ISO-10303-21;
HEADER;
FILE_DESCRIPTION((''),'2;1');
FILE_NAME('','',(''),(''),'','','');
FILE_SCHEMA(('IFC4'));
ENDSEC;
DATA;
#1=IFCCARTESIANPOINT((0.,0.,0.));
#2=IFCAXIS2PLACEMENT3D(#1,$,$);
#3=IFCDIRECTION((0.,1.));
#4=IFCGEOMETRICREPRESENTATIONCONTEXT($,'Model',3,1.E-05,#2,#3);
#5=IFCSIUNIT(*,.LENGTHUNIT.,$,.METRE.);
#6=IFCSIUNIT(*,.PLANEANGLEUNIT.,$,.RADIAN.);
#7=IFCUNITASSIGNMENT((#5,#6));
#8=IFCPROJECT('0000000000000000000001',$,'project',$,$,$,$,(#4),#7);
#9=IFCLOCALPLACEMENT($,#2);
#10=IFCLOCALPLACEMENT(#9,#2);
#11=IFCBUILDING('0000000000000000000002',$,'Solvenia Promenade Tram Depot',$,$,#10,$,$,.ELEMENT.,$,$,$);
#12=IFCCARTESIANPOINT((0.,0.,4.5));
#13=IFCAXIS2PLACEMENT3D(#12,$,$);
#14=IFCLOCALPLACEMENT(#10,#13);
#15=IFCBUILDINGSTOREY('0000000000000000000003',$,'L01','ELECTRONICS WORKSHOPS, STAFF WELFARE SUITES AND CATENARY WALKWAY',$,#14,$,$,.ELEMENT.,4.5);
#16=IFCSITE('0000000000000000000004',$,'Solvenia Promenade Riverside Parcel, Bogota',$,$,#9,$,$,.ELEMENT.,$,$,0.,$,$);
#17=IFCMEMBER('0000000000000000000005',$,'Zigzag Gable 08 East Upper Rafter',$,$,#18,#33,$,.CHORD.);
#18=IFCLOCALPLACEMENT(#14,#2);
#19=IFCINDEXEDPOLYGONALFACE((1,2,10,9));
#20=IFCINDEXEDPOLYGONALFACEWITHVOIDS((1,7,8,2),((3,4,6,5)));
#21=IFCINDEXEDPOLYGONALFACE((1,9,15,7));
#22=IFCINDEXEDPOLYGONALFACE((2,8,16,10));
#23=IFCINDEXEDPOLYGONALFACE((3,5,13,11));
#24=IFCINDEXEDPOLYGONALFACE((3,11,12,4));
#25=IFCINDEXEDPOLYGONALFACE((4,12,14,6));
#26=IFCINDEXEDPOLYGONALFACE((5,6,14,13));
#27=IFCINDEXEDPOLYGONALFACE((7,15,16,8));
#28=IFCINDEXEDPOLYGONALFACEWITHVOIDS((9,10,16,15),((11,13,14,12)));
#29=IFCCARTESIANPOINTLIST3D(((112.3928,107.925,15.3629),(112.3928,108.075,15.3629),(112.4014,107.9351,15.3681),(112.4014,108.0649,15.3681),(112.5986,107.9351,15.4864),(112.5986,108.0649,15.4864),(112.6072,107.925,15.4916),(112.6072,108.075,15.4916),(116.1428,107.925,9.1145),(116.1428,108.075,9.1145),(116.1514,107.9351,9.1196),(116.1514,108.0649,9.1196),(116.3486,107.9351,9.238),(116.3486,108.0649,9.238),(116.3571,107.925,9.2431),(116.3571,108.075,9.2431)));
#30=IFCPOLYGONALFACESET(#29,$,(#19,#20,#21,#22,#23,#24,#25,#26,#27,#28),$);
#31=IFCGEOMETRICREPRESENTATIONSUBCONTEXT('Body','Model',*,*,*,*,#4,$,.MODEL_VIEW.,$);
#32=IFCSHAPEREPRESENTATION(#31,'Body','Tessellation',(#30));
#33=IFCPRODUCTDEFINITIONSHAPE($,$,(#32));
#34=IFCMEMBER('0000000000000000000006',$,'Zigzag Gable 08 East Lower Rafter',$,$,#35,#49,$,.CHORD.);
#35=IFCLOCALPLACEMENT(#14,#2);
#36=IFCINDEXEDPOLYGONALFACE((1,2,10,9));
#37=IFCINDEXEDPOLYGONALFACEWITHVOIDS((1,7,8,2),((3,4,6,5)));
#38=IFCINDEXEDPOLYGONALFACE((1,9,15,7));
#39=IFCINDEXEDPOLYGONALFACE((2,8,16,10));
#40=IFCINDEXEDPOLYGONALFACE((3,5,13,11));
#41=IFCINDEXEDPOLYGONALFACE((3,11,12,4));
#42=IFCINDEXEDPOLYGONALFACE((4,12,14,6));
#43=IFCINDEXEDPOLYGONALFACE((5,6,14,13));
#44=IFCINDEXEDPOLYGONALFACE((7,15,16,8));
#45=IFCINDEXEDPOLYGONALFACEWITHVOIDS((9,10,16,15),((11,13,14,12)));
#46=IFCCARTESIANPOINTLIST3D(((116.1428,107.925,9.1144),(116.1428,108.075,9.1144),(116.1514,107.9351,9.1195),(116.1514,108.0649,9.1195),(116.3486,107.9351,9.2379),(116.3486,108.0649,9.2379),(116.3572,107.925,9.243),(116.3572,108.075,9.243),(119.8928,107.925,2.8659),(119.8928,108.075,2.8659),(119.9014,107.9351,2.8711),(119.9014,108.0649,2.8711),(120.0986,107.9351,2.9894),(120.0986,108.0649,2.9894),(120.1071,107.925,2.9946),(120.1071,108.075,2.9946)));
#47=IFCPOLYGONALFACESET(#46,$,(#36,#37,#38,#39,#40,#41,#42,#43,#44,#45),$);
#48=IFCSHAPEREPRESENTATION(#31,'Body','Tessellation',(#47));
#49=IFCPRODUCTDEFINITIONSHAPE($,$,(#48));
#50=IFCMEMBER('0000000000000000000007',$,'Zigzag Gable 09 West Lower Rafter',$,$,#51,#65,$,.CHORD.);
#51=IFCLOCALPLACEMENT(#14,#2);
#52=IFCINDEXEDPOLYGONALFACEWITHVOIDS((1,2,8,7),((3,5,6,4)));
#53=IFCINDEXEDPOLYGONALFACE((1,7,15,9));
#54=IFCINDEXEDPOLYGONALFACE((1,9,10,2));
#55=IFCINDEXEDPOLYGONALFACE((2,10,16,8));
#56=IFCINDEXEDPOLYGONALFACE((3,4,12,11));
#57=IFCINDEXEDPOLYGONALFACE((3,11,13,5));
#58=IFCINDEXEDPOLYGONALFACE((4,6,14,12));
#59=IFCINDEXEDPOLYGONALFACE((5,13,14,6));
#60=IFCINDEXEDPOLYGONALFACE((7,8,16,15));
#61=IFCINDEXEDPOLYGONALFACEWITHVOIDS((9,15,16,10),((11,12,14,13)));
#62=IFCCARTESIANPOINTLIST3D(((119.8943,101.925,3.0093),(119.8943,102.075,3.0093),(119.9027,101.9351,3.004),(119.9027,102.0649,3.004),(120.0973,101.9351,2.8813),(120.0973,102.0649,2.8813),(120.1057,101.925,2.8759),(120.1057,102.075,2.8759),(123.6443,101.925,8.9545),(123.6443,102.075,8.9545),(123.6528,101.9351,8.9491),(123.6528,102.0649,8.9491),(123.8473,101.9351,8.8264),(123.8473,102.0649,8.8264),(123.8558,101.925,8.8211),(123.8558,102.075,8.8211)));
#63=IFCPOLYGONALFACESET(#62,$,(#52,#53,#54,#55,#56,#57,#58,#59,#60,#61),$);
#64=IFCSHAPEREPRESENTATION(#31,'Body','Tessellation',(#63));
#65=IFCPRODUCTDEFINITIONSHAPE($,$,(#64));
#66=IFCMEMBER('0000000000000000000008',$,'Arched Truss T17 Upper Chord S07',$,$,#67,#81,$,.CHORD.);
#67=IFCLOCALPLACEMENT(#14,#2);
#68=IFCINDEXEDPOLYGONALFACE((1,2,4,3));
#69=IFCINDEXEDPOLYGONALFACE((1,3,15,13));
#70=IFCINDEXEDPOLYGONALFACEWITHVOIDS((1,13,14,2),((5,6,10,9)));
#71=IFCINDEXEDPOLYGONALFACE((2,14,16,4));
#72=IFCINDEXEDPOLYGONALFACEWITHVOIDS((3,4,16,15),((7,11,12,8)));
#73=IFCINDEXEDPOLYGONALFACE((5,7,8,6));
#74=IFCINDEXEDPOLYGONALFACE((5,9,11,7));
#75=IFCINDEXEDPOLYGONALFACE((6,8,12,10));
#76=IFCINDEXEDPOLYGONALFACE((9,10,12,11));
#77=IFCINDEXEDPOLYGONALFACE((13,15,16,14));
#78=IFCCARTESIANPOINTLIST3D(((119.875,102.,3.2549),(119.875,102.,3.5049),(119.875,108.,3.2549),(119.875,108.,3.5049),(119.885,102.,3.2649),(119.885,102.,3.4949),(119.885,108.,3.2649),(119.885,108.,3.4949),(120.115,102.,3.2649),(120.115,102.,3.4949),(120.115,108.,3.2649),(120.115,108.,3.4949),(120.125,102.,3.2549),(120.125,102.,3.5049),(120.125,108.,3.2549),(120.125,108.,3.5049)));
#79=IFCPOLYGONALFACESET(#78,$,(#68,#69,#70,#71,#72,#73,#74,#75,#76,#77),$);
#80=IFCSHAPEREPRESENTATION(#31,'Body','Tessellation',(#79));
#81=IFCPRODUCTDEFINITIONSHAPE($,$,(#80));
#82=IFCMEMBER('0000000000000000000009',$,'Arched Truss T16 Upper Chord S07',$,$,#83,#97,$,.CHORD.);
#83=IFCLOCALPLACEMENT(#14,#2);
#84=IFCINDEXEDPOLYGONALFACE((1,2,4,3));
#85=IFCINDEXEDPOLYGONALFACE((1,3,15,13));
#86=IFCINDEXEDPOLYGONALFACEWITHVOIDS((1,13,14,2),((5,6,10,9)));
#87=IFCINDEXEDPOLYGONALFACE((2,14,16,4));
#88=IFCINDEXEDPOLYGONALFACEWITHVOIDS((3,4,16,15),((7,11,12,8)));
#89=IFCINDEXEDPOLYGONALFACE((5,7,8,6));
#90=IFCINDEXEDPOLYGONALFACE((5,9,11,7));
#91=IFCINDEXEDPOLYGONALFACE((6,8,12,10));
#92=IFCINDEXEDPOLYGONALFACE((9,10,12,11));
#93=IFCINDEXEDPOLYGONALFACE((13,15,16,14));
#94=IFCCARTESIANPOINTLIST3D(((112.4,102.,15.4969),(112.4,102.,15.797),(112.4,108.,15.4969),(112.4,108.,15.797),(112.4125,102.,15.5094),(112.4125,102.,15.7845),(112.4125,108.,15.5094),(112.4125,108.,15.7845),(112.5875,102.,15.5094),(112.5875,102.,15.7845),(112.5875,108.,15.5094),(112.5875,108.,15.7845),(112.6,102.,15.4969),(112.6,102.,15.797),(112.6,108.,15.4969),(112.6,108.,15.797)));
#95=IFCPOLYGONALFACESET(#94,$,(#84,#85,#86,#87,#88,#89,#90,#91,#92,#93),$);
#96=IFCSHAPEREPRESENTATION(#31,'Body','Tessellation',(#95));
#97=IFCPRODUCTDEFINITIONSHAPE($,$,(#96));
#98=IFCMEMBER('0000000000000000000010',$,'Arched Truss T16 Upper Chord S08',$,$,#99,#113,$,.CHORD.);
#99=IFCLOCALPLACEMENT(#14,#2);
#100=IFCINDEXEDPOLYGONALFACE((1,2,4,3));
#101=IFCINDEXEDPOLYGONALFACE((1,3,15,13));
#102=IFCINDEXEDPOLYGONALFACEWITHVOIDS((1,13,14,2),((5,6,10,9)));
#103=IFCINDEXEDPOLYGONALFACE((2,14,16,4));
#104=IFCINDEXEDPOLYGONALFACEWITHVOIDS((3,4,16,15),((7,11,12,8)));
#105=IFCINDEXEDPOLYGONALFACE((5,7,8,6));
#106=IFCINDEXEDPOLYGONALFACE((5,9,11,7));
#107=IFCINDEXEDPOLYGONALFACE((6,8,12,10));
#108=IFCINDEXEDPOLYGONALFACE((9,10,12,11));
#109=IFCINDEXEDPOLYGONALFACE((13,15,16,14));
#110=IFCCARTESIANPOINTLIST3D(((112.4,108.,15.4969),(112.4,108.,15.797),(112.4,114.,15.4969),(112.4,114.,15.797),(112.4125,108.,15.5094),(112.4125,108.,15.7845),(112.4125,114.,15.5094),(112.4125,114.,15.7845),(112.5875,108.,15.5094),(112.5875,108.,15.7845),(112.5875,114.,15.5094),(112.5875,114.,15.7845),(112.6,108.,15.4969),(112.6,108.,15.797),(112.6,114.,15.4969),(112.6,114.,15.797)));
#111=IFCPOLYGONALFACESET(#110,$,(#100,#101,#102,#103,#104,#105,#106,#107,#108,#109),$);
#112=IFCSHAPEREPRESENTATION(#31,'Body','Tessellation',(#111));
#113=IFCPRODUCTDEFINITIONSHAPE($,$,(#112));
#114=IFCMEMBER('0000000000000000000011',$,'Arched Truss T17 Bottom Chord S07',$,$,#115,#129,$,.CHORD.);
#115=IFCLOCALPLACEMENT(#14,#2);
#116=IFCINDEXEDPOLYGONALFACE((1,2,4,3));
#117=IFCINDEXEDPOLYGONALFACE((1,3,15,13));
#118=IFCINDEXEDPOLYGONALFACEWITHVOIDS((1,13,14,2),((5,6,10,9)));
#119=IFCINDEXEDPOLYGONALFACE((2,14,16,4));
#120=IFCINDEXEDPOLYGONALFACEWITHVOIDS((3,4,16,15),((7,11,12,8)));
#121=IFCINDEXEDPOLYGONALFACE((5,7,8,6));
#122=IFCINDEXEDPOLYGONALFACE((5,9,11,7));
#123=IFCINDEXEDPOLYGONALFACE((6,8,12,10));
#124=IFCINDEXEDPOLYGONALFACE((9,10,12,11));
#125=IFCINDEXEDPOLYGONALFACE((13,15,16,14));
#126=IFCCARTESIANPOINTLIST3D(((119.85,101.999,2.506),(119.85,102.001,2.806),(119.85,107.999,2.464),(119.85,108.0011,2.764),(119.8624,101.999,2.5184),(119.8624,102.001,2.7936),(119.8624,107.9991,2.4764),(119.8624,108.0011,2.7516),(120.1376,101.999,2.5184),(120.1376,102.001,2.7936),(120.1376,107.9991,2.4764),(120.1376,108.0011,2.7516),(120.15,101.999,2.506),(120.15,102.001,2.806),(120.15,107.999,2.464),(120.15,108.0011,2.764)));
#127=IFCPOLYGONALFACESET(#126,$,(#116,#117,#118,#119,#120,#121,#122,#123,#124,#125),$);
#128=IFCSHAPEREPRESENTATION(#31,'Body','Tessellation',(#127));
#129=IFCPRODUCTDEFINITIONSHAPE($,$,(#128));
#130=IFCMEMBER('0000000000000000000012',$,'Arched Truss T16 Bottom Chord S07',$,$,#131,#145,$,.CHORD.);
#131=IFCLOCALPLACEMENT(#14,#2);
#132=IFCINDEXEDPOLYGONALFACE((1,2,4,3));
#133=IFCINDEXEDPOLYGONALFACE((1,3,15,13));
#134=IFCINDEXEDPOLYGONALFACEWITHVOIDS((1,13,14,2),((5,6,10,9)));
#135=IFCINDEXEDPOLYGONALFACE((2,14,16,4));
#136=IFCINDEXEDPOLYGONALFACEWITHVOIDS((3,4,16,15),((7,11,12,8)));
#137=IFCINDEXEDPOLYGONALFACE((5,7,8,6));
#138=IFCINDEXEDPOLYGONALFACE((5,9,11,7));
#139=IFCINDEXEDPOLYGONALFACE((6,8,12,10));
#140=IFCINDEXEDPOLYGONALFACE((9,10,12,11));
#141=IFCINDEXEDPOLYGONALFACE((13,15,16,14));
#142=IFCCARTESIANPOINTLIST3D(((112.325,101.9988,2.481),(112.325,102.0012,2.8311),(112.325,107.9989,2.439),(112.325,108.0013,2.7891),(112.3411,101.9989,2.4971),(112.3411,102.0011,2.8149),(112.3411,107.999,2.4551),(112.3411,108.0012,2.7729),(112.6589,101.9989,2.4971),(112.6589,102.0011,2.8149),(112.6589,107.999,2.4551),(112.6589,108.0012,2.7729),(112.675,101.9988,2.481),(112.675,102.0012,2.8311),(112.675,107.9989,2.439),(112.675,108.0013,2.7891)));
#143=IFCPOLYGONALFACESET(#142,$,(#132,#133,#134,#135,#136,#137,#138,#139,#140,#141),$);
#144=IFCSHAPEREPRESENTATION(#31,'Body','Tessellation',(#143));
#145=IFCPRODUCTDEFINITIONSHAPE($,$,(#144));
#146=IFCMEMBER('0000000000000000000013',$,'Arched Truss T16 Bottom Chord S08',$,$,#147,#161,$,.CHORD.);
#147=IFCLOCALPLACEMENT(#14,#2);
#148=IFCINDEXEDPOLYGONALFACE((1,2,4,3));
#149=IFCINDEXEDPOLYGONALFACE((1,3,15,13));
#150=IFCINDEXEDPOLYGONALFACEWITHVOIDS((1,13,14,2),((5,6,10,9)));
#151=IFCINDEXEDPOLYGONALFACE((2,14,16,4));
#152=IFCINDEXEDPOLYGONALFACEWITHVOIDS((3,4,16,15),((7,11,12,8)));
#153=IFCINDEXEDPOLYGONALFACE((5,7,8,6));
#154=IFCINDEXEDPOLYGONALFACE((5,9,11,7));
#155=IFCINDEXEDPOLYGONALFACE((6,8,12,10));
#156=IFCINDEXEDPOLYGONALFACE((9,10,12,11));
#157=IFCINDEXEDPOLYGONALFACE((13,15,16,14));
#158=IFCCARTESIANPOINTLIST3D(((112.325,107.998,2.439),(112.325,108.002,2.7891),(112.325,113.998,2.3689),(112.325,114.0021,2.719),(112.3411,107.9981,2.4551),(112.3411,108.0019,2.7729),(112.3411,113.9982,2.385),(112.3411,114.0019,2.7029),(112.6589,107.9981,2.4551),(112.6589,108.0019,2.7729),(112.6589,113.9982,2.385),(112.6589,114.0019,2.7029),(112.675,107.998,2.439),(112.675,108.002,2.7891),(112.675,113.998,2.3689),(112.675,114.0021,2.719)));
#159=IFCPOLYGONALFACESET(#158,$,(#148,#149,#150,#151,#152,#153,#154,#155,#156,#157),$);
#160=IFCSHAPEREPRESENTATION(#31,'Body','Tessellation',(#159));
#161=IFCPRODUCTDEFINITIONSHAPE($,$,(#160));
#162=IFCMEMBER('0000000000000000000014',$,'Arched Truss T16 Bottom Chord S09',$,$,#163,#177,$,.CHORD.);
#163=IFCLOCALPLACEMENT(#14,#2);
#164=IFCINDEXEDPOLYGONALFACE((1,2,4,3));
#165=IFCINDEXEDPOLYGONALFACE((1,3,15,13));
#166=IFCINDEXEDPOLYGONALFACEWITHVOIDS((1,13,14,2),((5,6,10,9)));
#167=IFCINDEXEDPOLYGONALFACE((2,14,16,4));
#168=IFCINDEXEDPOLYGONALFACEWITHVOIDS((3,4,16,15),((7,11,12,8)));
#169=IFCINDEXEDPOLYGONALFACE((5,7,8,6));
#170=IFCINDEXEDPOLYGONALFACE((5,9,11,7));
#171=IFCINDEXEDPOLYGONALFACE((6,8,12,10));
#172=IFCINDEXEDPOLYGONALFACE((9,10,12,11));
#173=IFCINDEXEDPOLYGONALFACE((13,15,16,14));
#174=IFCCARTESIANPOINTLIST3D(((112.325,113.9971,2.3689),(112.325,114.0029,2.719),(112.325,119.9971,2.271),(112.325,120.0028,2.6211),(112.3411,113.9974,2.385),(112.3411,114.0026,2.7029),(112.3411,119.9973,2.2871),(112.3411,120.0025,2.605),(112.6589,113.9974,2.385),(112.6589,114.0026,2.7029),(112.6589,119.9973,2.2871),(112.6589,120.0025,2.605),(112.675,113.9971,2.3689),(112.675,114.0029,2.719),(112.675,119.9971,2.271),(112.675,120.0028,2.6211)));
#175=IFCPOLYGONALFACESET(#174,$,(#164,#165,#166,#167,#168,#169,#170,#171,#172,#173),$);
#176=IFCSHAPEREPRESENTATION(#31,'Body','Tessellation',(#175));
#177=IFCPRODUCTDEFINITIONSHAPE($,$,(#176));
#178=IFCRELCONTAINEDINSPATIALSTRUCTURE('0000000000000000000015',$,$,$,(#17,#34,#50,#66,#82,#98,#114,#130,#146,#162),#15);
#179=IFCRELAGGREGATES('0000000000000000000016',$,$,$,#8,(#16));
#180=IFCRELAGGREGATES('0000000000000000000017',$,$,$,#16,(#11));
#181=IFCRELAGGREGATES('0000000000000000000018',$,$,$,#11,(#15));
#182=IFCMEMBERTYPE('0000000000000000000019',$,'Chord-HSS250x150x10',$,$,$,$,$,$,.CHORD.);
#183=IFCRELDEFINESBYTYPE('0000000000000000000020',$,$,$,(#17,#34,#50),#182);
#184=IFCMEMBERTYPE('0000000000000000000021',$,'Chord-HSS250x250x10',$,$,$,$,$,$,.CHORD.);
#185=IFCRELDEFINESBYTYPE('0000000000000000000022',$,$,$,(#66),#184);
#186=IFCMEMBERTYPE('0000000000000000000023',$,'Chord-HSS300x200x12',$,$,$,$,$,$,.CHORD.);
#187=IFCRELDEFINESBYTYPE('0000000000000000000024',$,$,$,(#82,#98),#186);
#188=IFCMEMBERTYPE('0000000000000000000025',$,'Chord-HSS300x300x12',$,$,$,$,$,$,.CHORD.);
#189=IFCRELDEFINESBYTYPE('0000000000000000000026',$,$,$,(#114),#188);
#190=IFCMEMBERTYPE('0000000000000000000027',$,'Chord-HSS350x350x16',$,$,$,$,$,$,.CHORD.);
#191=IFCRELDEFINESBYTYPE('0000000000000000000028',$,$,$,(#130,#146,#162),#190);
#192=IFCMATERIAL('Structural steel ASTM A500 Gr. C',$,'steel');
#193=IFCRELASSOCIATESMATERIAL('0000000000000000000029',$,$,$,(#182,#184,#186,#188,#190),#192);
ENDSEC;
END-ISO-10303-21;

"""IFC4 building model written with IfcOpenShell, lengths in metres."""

from ifc_helpers import new_model, si_unit, direction, frame, origin, origin_2d, place, context, subcontext, project, spatial, hollow_rectangle, extrude, material, material_profile, profile_set, type_object, element, save


model = new_model("IFC4")

# Units and contexts
model_context = context("Model", 3, precision=1e-05, world=origin(), true_north=direction((0.0, 1.0)))
body_context = subcontext(model_context, "Body", "Model", "MODEL_VIEW")
ifc_project = project(units=[si_unit("LENGTHUNIT", "METRE"), si_unit("PLANEANGLEUNIT", "RADIAN")], contexts=[model_context])

# Site, building, storey
site_placement = place(None, origin())
site = spatial("IfcSite", under=ifc_project, at=site_placement, Name="Solvenia Promenade Riverside Parcel, Bogota", CompositionType="ELEMENT", RefElevation=0.0)
building_placement = place(site_placement, origin())
building = spatial("IfcBuilding", under=site, at=building_placement, Name="Solvenia Promenade Tram Depot", CompositionType="ELEMENT")
storey_placement = place(building_placement, frame((0.0, 0.0, 4.5)))
storey = spatial("IfcBuildingStorey", under=building, at=storey_placement, Name="L01", Description="ELECTRONICS WORKSHOPS, STAFF WELFARE SUITES AND CATENARY WALKWAY", CompositionType="ELEMENT", Elevation=4.5)

# Members
ifc_material_1 = material(Name="Structural steel ASTM A500 Gr. C", Category="steel")
ifc_material_profile_1 = material_profile(ifc_material_1, hollow_rectangle(XDim=0.1499, YDim=0.25, WallThickness=0.01, at=origin_2d()), Name="HSS250x150x10", Category="steel")
ifc_profile_set_1 = profile_set([ifc_material_profile_1], Name="Structural steel ASTM A500 Gr. C")
member_type_1 = type_object("IfcMemberType", Name="Chord-HSS250x150x10", PredefinedType="CHORD", material=ifc_profile_set_1)
for number, where, z_axis, x_axis, name in (
    (1, (112.5, 108.0, 15.4272), (0.514584, 0.0, -0.85744), (0.0, 1.0, 0.0), "Zigzag Gable 08 East Upper Rafter"),
    (2, (116.25, 108.0, 9.1787), (0.514584, 0.0, -0.85744), (0.0, 1.0, 0.0), "Zigzag Gable 08 East Lower Rafter"),
):
    element("IfcMember", number, at=place(storey_placement, frame(where, z_axis=z_axis, x_axis=x_axis)), inside=storey, type_object=member_type_1, Name=name, PredefinedType="CHORD", context=body_context, shape_type="SweptSolid", body=[
        extrude(hollow_rectangle(XDim=0.1499, YDim=0.25, WallThickness=0.01, at=origin_2d()), origin(), (0.0, 0.0, 1.0), 7.2874),
    ])
member_1_placement = place(storey_placement, frame((120.0, 102.0, 2.9426), z_axis=(0.533507, 0.0, 0.845796), x_axis=(0.0, 1.0, 0.0)))
element("IfcMember", 3, at=member_1_placement, inside=storey, type_object=member_type_1, Name="Zigzag Gable 09 West Lower Rafter", PredefinedType="CHORD", context=body_context, shape_type="SweptSolid", body=[
    extrude(hollow_rectangle(XDim=0.1499, YDim=0.25, WallThickness=0.01, at=origin_2d()), origin(), (0.0, 0.0, 1.0), 7.0291),
])
ifc_material_profile_2 = material_profile(ifc_material_1, hollow_rectangle(XDim=0.25, YDim=0.25, WallThickness=0.01, at=origin_2d()), Name="HSS250x250x10", Category="steel")
ifc_profile_set_2 = profile_set([ifc_material_profile_2], Name="Structural steel ASTM A500 Gr. C")
member_type_2 = type_object("IfcMemberType", Name="Chord-HSS250x250x10", PredefinedType="CHORD", material=ifc_profile_set_2)
member_2_placement = place(storey_placement, frame((120.0, 102.0, 3.3799), z_axis=(0.0, 1.0, 0.0), x_axis=(-1.0, 0.0, 0.0)))
element("IfcMember", 4, at=member_2_placement, inside=storey, type_object=member_type_2, Name="Arched Truss T17 Upper Chord S07", PredefinedType="CHORD", context=body_context, shape_type="SweptSolid", body=[
    extrude(hollow_rectangle(XDim=0.25, YDim=0.25, WallThickness=0.01, at=origin_2d()), origin(), (0.0, 0.0, 1.0), 6.0),
])
ifc_material_profile_3 = material_profile(ifc_material_1, hollow_rectangle(XDim=0.2, YDim=0.3, WallThickness=0.0125, at=origin_2d()), Name="HSS300x200x12.5", Category="steel")
ifc_profile_set_3 = profile_set([ifc_material_profile_3], Name="Structural steel ASTM A500 Gr. C")
member_type_3 = type_object("IfcMemberType", Name="Chord-HSS300x200x12", PredefinedType="CHORD", material=ifc_profile_set_3)
for number, where, z_axis, x_axis, name in (
    (5, (112.5, 102.0, 15.647), (0.0, 1.0, 0.0), (-1.0, 0.0, 0.0), "Arched Truss T16 Upper Chord S07"),
    (6, (112.5, 108.0, 15.647), (0.0, 1.0, 0.0), (-1.0, 0.0, 0.0), "Arched Truss T16 Upper Chord S08"),
):
    element("IfcMember", number, at=place(storey_placement, frame(where, z_axis=z_axis, x_axis=x_axis)), inside=storey, type_object=member_type_3, Name=name, PredefinedType="CHORD", context=body_context, shape_type="SweptSolid", body=[
        extrude(hollow_rectangle(XDim=0.2, YDim=0.3, WallThickness=0.0125, at=origin_2d()), origin(), (0.0, 0.0, 1.0), 6.0),
    ])
ifc_material_profile_4 = material_profile(ifc_material_1, hollow_rectangle(XDim=0.3, YDim=0.3, WallThickness=0.0125, at=origin_2d()), Name="HSS300x300x12.5", Category="steel")
ifc_profile_set_4 = profile_set([ifc_material_profile_4], Name="Structural steel ASTM A500 Gr. C")
member_type_4 = type_object("IfcMemberType", Name="Chord-HSS300x300x12", PredefinedType="CHORD", material=ifc_profile_set_4)
member_3_placement = place(storey_placement, frame((120.0, 102.0, 2.656), z_axis=(0.0, 0.999976, -0.006999), x_axis=(-1.0, 0.0, 0.0)))
element("IfcMember", 7, at=member_3_placement, inside=storey, type_object=member_type_4, Name="Arched Truss T17 Bottom Chord S07", PredefinedType="CHORD", context=body_context, shape_type="SweptSolid", body=[
    extrude(hollow_rectangle(XDim=0.3, YDim=0.3, WallThickness=0.0125, at=origin_2d()), origin(), (0.0, 0.0, 1.0), 6.0002),
])
ifc_material_profile_5 = material_profile(ifc_material_1, hollow_rectangle(XDim=0.3501, YDim=0.3501, WallThickness=0.0161, at=origin_2d()), Name="HSS350x350x16", Category="steel")
ifc_profile_set_5 = profile_set([ifc_material_profile_5], Name="Structural steel ASTM A500 Gr. C")
member_type_5 = type_object("IfcMemberType", Name="Chord-HSS350x350x16", PredefinedType="CHORD", material=ifc_profile_set_5)
member_4_placement = place(storey_placement, frame((112.5, 102.0, 2.656), z_axis=(0.0, 0.999976, -0.006999), x_axis=(-1.0, 0.0, 0.0)))
element("IfcMember", 8, at=member_4_placement, inside=storey, type_object=member_type_5, Name="Arched Truss T16 Bottom Chord S07", PredefinedType="CHORD", context=body_context, shape_type="SweptSolid", body=[
    extrude(hollow_rectangle(XDim=0.3501, YDim=0.3501, WallThickness=0.0161, at=origin_2d()), origin(), (0.0, 0.0, 1.0), 6.0002),
])
member_5_placement = place(storey_placement, frame((112.5, 108.0, 2.614), z_axis=(0.0, 0.999932, -0.011677), x_axis=(-1.0, 0.0, 0.0)))
element("IfcMember", 9, at=member_5_placement, inside=storey, type_object=member_type_5, Name="Arched Truss T16 Bottom Chord S08", PredefinedType="CHORD", context=body_context, shape_type="SweptSolid", body=[
    extrude(hollow_rectangle(XDim=0.3501, YDim=0.3501, WallThickness=0.0161, at=origin_2d()), origin(), (0.0, 0.0, 1.0), 6.0005),
])
member_6_placement = place(storey_placement, frame((112.5, 114.0, 2.5439), z_axis=(0.0, 0.999867, -0.016315), x_axis=(-1.0, 0.0, 0.0)))
element("IfcMember", 10, at=member_6_placement, inside=storey, type_object=member_type_5, Name="Arched Truss T16 Bottom Chord S09", PredefinedType="CHORD", context=body_context, shape_type="SweptSolid", body=[
    extrude(hollow_rectangle(XDim=0.3501, YDim=0.3501, WallThickness=0.0161, at=origin_2d()), origin(), (0.0, 0.0, 1.0), 6.0007),
])

save(model, "model.ifc")
